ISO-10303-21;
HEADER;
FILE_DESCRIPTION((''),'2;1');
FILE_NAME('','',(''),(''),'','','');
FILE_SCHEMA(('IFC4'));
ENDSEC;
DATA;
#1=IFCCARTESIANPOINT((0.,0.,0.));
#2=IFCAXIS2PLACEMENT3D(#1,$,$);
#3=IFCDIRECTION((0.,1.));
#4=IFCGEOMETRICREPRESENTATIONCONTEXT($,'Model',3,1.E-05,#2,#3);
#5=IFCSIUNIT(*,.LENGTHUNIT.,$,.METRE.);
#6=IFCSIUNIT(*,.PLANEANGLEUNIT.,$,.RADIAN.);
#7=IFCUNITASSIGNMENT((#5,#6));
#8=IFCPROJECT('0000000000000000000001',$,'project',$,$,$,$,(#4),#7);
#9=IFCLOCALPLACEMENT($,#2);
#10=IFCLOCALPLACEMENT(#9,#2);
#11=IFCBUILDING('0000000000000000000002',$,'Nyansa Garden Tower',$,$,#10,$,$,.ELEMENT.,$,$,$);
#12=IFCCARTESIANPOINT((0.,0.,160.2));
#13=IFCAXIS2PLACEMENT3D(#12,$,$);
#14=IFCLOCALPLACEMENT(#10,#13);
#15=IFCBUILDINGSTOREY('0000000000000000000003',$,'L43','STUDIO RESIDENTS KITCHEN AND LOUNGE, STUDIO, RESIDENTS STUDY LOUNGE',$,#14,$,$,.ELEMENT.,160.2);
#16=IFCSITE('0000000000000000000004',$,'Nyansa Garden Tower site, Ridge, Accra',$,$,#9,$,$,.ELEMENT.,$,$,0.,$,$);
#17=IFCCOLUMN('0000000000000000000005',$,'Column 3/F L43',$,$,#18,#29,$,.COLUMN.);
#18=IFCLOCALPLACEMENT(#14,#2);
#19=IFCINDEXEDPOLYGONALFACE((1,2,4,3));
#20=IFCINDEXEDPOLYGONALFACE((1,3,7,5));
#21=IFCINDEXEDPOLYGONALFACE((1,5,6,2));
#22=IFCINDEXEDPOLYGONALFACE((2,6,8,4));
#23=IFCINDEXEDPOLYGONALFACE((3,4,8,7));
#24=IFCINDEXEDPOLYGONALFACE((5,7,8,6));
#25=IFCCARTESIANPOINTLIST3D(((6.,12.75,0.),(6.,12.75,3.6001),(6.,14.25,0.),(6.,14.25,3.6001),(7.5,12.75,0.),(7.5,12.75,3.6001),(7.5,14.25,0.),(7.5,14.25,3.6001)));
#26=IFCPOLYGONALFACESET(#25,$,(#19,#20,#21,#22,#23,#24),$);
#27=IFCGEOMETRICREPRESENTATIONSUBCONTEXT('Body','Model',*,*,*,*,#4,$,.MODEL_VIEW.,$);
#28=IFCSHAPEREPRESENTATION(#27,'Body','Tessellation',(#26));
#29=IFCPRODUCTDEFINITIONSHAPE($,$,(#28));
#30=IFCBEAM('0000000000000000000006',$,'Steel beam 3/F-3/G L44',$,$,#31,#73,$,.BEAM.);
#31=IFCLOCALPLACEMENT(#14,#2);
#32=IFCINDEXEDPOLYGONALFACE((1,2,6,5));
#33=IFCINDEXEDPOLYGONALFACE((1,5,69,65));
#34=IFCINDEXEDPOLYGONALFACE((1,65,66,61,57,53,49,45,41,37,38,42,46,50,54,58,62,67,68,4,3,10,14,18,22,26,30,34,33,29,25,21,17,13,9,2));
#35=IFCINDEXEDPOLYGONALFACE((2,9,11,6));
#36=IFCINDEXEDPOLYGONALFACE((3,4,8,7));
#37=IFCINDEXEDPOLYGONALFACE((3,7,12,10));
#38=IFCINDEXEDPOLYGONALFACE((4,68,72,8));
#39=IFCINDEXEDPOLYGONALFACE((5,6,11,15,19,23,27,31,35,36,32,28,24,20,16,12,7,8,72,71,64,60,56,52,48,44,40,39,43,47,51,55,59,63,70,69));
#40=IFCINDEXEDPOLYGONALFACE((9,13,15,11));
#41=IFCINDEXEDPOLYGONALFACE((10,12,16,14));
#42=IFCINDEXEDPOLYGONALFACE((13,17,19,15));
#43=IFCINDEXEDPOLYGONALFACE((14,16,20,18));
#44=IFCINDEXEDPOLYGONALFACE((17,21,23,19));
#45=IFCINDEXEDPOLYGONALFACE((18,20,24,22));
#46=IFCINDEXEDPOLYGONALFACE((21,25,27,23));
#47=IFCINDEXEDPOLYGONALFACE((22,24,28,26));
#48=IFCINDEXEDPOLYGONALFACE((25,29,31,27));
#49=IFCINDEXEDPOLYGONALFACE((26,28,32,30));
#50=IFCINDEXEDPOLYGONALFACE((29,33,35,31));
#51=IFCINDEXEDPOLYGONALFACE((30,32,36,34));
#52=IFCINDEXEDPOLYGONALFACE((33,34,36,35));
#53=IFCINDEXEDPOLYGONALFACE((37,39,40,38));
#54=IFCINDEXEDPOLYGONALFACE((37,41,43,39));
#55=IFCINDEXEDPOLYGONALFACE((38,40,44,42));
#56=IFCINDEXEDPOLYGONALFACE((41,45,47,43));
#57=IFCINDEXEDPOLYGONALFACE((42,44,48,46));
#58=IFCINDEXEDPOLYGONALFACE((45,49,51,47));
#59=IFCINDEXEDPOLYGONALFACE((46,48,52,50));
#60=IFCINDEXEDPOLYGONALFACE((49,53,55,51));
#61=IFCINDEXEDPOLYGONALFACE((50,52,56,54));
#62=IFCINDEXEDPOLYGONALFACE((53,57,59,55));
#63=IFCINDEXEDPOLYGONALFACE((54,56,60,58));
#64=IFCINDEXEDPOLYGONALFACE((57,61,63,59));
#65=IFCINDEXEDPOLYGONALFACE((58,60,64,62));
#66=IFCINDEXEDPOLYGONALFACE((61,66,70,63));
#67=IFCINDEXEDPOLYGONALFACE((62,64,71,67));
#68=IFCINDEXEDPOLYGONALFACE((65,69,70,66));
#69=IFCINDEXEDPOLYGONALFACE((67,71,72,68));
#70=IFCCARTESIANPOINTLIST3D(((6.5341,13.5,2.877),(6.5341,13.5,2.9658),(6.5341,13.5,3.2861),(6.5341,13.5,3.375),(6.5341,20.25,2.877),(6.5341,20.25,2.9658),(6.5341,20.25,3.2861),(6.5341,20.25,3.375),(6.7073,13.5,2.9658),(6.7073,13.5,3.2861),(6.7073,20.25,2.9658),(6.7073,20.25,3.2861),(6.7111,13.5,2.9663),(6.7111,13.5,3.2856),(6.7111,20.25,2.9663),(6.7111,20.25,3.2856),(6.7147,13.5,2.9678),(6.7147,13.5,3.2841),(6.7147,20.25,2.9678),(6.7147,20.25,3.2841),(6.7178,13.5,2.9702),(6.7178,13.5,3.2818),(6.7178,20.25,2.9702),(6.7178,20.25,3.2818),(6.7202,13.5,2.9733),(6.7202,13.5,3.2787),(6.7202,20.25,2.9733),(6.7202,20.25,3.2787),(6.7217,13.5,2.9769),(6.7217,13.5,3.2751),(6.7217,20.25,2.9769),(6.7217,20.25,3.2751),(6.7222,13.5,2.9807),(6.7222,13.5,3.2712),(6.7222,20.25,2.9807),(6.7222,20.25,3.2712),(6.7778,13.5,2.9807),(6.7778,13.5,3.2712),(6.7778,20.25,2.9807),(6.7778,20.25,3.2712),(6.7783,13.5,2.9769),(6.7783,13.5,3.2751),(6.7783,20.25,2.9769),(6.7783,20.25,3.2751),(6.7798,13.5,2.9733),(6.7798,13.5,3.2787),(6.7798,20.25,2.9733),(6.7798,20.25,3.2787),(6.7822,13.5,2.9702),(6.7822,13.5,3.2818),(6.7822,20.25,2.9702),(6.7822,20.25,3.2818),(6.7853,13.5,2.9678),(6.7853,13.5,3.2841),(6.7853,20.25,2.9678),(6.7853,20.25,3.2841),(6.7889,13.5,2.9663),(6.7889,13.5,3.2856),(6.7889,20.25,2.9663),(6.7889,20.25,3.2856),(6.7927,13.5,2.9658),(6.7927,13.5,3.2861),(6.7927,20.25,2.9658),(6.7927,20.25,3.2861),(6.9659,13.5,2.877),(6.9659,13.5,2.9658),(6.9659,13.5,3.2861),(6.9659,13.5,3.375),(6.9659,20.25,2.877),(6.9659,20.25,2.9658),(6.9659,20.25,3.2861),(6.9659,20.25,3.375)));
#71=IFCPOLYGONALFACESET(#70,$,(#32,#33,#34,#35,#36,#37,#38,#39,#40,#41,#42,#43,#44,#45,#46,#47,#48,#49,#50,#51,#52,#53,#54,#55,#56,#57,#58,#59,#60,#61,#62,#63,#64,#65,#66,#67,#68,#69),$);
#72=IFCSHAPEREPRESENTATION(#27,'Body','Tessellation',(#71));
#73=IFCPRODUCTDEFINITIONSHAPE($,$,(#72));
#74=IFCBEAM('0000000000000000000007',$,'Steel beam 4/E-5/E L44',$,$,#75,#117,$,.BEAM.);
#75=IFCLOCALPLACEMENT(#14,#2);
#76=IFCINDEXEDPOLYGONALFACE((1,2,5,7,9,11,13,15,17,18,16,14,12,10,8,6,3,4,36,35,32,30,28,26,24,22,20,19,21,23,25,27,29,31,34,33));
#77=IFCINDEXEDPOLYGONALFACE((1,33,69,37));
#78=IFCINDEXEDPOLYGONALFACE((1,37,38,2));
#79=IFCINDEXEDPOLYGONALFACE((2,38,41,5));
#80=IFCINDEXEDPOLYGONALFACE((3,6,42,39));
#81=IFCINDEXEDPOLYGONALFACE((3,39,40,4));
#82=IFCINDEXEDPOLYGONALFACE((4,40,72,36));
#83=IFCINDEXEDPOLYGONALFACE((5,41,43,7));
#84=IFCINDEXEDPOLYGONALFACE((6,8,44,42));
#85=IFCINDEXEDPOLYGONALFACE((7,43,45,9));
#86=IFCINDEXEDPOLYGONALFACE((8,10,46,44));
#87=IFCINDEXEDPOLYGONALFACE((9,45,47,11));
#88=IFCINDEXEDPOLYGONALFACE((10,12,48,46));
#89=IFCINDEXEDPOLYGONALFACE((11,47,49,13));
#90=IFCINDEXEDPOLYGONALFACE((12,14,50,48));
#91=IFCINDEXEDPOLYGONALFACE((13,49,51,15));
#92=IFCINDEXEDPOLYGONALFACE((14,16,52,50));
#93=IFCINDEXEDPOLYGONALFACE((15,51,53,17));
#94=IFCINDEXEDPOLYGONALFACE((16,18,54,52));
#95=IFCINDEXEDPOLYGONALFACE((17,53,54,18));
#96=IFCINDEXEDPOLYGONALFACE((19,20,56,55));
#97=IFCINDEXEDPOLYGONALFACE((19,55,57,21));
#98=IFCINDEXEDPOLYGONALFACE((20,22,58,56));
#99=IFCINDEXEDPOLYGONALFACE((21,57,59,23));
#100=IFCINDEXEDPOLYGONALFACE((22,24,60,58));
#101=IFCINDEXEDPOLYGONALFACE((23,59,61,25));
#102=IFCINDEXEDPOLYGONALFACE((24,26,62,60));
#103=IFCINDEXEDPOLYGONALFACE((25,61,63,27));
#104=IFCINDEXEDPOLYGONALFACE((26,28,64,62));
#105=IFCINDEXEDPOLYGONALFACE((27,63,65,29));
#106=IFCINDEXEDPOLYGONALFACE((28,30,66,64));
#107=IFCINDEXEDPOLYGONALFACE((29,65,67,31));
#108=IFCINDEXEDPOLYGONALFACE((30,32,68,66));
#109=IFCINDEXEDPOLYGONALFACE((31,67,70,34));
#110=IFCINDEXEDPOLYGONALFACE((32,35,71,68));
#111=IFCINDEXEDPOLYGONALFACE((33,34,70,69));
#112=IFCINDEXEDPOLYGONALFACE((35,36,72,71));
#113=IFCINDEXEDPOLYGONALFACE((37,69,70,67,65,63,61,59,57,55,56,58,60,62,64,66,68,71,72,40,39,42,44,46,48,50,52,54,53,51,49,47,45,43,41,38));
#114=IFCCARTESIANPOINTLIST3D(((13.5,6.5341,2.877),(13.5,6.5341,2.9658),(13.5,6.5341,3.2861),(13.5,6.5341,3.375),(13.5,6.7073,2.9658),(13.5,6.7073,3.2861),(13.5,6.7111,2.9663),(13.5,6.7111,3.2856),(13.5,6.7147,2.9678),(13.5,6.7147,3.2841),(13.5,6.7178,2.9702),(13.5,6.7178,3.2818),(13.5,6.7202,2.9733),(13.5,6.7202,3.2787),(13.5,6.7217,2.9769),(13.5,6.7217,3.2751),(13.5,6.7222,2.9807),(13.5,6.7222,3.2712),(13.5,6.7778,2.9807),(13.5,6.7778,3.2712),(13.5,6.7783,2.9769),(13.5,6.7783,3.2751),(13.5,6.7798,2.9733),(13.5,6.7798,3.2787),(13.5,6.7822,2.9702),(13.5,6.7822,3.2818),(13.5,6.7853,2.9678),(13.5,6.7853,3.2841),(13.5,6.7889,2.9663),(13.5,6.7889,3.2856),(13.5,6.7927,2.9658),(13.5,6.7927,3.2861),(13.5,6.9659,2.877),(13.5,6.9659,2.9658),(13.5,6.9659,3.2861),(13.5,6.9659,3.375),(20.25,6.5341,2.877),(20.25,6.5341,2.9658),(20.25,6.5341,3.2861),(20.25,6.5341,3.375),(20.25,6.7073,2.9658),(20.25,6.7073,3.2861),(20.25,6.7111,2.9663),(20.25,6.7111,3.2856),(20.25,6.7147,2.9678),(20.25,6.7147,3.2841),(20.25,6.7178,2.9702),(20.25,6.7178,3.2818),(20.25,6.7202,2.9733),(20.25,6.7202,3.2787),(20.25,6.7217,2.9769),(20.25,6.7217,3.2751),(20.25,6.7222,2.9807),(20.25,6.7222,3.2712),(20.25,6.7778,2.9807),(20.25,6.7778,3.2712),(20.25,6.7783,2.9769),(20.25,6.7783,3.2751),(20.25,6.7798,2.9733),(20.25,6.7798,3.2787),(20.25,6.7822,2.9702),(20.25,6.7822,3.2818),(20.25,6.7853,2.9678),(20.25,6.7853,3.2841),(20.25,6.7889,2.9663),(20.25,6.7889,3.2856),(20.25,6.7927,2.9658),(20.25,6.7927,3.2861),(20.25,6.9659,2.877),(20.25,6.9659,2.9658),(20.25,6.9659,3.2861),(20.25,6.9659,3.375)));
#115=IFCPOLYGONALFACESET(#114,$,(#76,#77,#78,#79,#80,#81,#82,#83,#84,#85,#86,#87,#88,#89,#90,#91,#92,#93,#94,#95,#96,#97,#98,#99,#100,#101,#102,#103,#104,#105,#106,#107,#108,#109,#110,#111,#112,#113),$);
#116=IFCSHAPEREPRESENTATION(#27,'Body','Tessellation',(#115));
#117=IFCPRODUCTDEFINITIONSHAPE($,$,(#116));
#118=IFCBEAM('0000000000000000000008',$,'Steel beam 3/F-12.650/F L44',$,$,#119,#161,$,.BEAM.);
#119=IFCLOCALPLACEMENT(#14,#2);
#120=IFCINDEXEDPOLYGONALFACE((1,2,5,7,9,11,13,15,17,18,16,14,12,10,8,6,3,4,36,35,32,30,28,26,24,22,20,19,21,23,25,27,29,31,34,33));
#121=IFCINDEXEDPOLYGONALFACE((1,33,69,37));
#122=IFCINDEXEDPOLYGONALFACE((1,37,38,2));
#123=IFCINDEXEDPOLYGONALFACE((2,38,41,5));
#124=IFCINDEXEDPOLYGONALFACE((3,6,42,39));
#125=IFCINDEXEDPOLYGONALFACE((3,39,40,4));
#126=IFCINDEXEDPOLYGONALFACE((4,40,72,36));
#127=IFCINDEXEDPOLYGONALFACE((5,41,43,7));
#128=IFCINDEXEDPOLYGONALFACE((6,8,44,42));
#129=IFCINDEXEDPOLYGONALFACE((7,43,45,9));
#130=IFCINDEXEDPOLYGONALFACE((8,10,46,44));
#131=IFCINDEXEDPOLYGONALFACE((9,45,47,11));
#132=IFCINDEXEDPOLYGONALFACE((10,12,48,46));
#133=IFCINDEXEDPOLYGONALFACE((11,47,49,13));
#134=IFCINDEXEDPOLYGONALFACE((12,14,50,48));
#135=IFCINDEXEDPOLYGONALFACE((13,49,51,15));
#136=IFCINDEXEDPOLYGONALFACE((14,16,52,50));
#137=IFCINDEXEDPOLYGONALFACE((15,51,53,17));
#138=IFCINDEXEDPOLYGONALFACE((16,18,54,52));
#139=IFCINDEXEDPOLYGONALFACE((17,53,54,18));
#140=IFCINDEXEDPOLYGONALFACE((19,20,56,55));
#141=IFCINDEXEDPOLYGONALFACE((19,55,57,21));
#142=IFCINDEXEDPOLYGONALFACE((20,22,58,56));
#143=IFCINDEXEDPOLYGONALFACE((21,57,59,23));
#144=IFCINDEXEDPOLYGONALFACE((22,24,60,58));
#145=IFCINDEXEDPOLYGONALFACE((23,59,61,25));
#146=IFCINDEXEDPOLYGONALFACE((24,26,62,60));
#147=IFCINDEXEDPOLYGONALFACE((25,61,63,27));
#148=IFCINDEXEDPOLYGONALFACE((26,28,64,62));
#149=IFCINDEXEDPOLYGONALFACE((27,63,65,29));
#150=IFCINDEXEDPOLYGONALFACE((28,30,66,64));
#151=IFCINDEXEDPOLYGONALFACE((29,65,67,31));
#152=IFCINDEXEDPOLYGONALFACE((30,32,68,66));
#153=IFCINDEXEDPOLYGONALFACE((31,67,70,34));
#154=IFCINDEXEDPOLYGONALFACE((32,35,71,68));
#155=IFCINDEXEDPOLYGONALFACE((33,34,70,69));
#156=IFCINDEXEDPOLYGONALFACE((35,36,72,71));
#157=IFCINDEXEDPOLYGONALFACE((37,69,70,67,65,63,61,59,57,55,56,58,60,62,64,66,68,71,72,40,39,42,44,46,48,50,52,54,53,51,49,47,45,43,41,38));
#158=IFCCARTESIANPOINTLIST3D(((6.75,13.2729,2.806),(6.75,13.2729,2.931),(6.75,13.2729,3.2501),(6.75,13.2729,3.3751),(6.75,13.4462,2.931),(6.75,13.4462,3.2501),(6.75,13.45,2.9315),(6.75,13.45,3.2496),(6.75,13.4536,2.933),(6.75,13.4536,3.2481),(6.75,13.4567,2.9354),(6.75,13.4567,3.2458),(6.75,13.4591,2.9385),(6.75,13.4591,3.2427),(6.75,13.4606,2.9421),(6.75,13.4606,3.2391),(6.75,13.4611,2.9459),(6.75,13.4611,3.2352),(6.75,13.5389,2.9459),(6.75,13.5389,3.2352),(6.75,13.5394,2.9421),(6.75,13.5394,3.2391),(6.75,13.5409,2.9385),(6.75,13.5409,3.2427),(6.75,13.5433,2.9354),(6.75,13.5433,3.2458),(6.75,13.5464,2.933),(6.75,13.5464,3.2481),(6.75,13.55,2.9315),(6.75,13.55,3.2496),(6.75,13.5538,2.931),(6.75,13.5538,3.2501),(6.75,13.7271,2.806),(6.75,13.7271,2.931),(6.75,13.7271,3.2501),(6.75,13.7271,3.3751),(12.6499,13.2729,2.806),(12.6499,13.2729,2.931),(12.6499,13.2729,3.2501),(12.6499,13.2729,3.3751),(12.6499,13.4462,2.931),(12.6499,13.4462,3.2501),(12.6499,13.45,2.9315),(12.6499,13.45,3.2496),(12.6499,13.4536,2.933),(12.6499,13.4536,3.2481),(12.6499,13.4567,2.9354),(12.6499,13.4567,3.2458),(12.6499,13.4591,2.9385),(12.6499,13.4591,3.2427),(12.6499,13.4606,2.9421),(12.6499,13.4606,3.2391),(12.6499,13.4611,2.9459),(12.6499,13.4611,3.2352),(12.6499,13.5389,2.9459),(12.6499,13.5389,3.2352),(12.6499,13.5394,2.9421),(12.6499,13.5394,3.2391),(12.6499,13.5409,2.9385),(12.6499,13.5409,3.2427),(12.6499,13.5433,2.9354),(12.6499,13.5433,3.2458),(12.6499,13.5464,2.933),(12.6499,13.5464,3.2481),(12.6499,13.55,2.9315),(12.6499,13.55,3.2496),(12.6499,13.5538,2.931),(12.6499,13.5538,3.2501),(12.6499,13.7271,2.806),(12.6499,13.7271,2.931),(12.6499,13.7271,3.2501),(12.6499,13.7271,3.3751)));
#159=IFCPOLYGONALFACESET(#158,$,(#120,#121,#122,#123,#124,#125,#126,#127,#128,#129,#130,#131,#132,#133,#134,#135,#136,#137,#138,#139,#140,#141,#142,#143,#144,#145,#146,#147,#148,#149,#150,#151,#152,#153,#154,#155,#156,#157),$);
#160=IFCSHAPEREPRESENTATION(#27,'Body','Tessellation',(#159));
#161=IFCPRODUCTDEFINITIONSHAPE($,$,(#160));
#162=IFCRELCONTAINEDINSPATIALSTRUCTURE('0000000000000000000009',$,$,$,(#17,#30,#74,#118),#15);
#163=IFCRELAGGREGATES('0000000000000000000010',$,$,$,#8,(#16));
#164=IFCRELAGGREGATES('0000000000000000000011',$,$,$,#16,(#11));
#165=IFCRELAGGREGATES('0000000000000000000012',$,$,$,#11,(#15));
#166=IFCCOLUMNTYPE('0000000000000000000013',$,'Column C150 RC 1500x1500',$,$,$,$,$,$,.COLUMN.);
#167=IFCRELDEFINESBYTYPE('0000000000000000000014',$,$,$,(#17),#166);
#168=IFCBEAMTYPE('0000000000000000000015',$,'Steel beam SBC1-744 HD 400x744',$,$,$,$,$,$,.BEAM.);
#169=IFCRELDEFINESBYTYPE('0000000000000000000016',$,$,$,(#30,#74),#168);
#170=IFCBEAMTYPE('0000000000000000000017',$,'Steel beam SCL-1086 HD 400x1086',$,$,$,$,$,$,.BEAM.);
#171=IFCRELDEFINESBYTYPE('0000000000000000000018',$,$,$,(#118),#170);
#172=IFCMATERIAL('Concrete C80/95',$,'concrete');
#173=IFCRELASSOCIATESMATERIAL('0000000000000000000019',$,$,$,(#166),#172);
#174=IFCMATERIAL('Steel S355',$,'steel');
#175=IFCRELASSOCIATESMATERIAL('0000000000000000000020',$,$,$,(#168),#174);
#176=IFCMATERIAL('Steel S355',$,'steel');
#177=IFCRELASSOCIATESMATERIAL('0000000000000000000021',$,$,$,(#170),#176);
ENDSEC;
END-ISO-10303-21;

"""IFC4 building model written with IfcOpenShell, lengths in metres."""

from ifc_helpers import new_model, si_unit, direction, frame, origin, origin_2d, place, context, subcontext, project, spatial, rectangle, i_section, extrude, material, material_profile, profile_set, type_object, element, save


model = new_model("IFC4")

# Units and contexts
model_context = context("Model", 3, precision=1e-05, world=origin(), true_north=direction((0.0, 1.0)))
body_context = subcontext(model_context, "Body", "Model", "MODEL_VIEW")
ifc_project = project(units=[si_unit("LENGTHUNIT", "METRE"), si_unit("PLANEANGLEUNIT", "RADIAN")], contexts=[model_context])

# Site, building, storey
site_placement = place(None, origin())
site = spatial("IfcSite", under=ifc_project, at=site_placement, Name="Nyansa Garden Tower site, Ridge, Accra", CompositionType="ELEMENT", RefElevation=0.0)
building_placement = place(site_placement, origin())
building = spatial("IfcBuilding", under=site, at=building_placement, Name="Nyansa Garden Tower", CompositionType="ELEMENT")
storey_placement = place(building_placement, frame((0.0, 0.0, 160.2)))
storey = spatial("IfcBuildingStorey", under=building, at=storey_placement, Name="L43", Description="STUDIO RESIDENTS KITCHEN AND LOUNGE, STUDIO, RESIDENTS STUDY LOUNGE", CompositionType="ELEMENT", Elevation=160.2)

# Column
ifc_material_1 = material(Name="Concrete C80/95", Category="concrete")
ifc_material_profile_1 = material_profile(ifc_material_1, rectangle(XDim=1.5, YDim=1.5, at=origin_2d()), Name="RC 1500x1500")
ifc_profile_set_1 = profile_set([ifc_material_profile_1], Name="Concrete C80/95")
column_type = type_object("IfcColumnType", Name="Column C150 RC 1500x1500", PredefinedType="COLUMN", material=ifc_profile_set_1)
column_placement = place(storey_placement, frame((6.75, 13.5, 0.0), z_axis=(0.0, 0.0, 1.0), x_axis=(1.0, 0.0, 0.0)))
element("IfcColumn", 1, at=column_placement, inside=storey, type_object=column_type, Name="Column 3/F L43", PredefinedType="COLUMN", context=body_context, shape_type="SweptSolid", body=[
    extrude(rectangle(XDim=1.5, YDim=1.5, at=origin_2d()), origin(), (0.0, 0.0, 1.0), 3.6001),
])

# Beams
ifc_material_2 = material(Name="Steel S355", Category="steel")
ifc_material_profile_2 = material_profile(ifc_material_2, i_section(OverallWidth=0.4319, OverallDepth=0.498, WebThickness=0.0557, FlangeThickness=0.0889, FilletRadius=0.0149, at=origin_2d()), Name="HD 400x744")
ifc_profile_set_2 = profile_set([ifc_material_profile_2], Name="Steel S355")
beam_type_1 = type_object("IfcBeamType", Name="Steel beam SBC1-744 HD 400x744", PredefinedType="BEAM", material=ifc_profile_set_2)
for number, where, z_axis, x_axis, name in (
    (2, (6.75, 13.5, 3.126), (0.0, 1.0, 0.0), (-1.0, 0.0, 0.0), "Steel beam 3/F-3/G L44"),
    (3, (13.5, 6.75, 3.126), (1.0, 0.0, 0.0), (0.0, 1.0, 0.0), "Steel beam 4/E-5/E L44"),
):
    element("IfcBeam", number, at=place(storey_placement, frame(where, z_axis=z_axis, x_axis=x_axis)), inside=storey, type_object=beam_type_1, Name=name, PredefinedType="BEAM", context=body_context, shape_type="SweptSolid", body=[
        extrude(i_section(OverallWidth=0.4319, OverallDepth=0.498, WebThickness=0.0557, FlangeThickness=0.0889, FilletRadius=0.0149, at=origin_2d()), origin(), (0.0, 0.0, 1.0), 6.75),
    ])
ifc_material_3 = material(Name="Steel S355", Category="steel")
ifc_material_profile_3 = material_profile(ifc_material_3, i_section(OverallWidth=0.4541, OverallDepth=0.5691, WebThickness=0.0779, FlangeThickness=0.125, FilletRadius=0.0149, at=origin_2d()), Name="HD 400x1086")
ifc_profile_set_3 = profile_set([ifc_material_profile_3], Name="Steel S355")
beam_type_2 = type_object("IfcBeamType", Name="Steel beam SCL-1086 HD 400x1086", PredefinedType="BEAM", material=ifc_profile_set_3)
beam_1_placement = place(storey_placement, frame((6.75, 13.5, 3.0906), z_axis=(1.0, 0.0, 0.0), x_axis=(0.0, 1.0, 0.0)))
element("IfcBeam", 4, at=beam_1_placement, inside=storey, type_object=beam_type_2, Name="Steel beam 3/F-12.650/F L44", PredefinedType="BEAM", context=body_context, shape_type="SweptSolid", body=[
    extrude(i_section(OverallWidth=0.4541, OverallDepth=0.5691, WebThickness=0.0779, FlangeThickness=0.125, FilletRadius=0.0149, at=origin_2d()), origin(), (0.0, 0.0, 1.0), 5.8999),
])

save(model, "model.ifc")
